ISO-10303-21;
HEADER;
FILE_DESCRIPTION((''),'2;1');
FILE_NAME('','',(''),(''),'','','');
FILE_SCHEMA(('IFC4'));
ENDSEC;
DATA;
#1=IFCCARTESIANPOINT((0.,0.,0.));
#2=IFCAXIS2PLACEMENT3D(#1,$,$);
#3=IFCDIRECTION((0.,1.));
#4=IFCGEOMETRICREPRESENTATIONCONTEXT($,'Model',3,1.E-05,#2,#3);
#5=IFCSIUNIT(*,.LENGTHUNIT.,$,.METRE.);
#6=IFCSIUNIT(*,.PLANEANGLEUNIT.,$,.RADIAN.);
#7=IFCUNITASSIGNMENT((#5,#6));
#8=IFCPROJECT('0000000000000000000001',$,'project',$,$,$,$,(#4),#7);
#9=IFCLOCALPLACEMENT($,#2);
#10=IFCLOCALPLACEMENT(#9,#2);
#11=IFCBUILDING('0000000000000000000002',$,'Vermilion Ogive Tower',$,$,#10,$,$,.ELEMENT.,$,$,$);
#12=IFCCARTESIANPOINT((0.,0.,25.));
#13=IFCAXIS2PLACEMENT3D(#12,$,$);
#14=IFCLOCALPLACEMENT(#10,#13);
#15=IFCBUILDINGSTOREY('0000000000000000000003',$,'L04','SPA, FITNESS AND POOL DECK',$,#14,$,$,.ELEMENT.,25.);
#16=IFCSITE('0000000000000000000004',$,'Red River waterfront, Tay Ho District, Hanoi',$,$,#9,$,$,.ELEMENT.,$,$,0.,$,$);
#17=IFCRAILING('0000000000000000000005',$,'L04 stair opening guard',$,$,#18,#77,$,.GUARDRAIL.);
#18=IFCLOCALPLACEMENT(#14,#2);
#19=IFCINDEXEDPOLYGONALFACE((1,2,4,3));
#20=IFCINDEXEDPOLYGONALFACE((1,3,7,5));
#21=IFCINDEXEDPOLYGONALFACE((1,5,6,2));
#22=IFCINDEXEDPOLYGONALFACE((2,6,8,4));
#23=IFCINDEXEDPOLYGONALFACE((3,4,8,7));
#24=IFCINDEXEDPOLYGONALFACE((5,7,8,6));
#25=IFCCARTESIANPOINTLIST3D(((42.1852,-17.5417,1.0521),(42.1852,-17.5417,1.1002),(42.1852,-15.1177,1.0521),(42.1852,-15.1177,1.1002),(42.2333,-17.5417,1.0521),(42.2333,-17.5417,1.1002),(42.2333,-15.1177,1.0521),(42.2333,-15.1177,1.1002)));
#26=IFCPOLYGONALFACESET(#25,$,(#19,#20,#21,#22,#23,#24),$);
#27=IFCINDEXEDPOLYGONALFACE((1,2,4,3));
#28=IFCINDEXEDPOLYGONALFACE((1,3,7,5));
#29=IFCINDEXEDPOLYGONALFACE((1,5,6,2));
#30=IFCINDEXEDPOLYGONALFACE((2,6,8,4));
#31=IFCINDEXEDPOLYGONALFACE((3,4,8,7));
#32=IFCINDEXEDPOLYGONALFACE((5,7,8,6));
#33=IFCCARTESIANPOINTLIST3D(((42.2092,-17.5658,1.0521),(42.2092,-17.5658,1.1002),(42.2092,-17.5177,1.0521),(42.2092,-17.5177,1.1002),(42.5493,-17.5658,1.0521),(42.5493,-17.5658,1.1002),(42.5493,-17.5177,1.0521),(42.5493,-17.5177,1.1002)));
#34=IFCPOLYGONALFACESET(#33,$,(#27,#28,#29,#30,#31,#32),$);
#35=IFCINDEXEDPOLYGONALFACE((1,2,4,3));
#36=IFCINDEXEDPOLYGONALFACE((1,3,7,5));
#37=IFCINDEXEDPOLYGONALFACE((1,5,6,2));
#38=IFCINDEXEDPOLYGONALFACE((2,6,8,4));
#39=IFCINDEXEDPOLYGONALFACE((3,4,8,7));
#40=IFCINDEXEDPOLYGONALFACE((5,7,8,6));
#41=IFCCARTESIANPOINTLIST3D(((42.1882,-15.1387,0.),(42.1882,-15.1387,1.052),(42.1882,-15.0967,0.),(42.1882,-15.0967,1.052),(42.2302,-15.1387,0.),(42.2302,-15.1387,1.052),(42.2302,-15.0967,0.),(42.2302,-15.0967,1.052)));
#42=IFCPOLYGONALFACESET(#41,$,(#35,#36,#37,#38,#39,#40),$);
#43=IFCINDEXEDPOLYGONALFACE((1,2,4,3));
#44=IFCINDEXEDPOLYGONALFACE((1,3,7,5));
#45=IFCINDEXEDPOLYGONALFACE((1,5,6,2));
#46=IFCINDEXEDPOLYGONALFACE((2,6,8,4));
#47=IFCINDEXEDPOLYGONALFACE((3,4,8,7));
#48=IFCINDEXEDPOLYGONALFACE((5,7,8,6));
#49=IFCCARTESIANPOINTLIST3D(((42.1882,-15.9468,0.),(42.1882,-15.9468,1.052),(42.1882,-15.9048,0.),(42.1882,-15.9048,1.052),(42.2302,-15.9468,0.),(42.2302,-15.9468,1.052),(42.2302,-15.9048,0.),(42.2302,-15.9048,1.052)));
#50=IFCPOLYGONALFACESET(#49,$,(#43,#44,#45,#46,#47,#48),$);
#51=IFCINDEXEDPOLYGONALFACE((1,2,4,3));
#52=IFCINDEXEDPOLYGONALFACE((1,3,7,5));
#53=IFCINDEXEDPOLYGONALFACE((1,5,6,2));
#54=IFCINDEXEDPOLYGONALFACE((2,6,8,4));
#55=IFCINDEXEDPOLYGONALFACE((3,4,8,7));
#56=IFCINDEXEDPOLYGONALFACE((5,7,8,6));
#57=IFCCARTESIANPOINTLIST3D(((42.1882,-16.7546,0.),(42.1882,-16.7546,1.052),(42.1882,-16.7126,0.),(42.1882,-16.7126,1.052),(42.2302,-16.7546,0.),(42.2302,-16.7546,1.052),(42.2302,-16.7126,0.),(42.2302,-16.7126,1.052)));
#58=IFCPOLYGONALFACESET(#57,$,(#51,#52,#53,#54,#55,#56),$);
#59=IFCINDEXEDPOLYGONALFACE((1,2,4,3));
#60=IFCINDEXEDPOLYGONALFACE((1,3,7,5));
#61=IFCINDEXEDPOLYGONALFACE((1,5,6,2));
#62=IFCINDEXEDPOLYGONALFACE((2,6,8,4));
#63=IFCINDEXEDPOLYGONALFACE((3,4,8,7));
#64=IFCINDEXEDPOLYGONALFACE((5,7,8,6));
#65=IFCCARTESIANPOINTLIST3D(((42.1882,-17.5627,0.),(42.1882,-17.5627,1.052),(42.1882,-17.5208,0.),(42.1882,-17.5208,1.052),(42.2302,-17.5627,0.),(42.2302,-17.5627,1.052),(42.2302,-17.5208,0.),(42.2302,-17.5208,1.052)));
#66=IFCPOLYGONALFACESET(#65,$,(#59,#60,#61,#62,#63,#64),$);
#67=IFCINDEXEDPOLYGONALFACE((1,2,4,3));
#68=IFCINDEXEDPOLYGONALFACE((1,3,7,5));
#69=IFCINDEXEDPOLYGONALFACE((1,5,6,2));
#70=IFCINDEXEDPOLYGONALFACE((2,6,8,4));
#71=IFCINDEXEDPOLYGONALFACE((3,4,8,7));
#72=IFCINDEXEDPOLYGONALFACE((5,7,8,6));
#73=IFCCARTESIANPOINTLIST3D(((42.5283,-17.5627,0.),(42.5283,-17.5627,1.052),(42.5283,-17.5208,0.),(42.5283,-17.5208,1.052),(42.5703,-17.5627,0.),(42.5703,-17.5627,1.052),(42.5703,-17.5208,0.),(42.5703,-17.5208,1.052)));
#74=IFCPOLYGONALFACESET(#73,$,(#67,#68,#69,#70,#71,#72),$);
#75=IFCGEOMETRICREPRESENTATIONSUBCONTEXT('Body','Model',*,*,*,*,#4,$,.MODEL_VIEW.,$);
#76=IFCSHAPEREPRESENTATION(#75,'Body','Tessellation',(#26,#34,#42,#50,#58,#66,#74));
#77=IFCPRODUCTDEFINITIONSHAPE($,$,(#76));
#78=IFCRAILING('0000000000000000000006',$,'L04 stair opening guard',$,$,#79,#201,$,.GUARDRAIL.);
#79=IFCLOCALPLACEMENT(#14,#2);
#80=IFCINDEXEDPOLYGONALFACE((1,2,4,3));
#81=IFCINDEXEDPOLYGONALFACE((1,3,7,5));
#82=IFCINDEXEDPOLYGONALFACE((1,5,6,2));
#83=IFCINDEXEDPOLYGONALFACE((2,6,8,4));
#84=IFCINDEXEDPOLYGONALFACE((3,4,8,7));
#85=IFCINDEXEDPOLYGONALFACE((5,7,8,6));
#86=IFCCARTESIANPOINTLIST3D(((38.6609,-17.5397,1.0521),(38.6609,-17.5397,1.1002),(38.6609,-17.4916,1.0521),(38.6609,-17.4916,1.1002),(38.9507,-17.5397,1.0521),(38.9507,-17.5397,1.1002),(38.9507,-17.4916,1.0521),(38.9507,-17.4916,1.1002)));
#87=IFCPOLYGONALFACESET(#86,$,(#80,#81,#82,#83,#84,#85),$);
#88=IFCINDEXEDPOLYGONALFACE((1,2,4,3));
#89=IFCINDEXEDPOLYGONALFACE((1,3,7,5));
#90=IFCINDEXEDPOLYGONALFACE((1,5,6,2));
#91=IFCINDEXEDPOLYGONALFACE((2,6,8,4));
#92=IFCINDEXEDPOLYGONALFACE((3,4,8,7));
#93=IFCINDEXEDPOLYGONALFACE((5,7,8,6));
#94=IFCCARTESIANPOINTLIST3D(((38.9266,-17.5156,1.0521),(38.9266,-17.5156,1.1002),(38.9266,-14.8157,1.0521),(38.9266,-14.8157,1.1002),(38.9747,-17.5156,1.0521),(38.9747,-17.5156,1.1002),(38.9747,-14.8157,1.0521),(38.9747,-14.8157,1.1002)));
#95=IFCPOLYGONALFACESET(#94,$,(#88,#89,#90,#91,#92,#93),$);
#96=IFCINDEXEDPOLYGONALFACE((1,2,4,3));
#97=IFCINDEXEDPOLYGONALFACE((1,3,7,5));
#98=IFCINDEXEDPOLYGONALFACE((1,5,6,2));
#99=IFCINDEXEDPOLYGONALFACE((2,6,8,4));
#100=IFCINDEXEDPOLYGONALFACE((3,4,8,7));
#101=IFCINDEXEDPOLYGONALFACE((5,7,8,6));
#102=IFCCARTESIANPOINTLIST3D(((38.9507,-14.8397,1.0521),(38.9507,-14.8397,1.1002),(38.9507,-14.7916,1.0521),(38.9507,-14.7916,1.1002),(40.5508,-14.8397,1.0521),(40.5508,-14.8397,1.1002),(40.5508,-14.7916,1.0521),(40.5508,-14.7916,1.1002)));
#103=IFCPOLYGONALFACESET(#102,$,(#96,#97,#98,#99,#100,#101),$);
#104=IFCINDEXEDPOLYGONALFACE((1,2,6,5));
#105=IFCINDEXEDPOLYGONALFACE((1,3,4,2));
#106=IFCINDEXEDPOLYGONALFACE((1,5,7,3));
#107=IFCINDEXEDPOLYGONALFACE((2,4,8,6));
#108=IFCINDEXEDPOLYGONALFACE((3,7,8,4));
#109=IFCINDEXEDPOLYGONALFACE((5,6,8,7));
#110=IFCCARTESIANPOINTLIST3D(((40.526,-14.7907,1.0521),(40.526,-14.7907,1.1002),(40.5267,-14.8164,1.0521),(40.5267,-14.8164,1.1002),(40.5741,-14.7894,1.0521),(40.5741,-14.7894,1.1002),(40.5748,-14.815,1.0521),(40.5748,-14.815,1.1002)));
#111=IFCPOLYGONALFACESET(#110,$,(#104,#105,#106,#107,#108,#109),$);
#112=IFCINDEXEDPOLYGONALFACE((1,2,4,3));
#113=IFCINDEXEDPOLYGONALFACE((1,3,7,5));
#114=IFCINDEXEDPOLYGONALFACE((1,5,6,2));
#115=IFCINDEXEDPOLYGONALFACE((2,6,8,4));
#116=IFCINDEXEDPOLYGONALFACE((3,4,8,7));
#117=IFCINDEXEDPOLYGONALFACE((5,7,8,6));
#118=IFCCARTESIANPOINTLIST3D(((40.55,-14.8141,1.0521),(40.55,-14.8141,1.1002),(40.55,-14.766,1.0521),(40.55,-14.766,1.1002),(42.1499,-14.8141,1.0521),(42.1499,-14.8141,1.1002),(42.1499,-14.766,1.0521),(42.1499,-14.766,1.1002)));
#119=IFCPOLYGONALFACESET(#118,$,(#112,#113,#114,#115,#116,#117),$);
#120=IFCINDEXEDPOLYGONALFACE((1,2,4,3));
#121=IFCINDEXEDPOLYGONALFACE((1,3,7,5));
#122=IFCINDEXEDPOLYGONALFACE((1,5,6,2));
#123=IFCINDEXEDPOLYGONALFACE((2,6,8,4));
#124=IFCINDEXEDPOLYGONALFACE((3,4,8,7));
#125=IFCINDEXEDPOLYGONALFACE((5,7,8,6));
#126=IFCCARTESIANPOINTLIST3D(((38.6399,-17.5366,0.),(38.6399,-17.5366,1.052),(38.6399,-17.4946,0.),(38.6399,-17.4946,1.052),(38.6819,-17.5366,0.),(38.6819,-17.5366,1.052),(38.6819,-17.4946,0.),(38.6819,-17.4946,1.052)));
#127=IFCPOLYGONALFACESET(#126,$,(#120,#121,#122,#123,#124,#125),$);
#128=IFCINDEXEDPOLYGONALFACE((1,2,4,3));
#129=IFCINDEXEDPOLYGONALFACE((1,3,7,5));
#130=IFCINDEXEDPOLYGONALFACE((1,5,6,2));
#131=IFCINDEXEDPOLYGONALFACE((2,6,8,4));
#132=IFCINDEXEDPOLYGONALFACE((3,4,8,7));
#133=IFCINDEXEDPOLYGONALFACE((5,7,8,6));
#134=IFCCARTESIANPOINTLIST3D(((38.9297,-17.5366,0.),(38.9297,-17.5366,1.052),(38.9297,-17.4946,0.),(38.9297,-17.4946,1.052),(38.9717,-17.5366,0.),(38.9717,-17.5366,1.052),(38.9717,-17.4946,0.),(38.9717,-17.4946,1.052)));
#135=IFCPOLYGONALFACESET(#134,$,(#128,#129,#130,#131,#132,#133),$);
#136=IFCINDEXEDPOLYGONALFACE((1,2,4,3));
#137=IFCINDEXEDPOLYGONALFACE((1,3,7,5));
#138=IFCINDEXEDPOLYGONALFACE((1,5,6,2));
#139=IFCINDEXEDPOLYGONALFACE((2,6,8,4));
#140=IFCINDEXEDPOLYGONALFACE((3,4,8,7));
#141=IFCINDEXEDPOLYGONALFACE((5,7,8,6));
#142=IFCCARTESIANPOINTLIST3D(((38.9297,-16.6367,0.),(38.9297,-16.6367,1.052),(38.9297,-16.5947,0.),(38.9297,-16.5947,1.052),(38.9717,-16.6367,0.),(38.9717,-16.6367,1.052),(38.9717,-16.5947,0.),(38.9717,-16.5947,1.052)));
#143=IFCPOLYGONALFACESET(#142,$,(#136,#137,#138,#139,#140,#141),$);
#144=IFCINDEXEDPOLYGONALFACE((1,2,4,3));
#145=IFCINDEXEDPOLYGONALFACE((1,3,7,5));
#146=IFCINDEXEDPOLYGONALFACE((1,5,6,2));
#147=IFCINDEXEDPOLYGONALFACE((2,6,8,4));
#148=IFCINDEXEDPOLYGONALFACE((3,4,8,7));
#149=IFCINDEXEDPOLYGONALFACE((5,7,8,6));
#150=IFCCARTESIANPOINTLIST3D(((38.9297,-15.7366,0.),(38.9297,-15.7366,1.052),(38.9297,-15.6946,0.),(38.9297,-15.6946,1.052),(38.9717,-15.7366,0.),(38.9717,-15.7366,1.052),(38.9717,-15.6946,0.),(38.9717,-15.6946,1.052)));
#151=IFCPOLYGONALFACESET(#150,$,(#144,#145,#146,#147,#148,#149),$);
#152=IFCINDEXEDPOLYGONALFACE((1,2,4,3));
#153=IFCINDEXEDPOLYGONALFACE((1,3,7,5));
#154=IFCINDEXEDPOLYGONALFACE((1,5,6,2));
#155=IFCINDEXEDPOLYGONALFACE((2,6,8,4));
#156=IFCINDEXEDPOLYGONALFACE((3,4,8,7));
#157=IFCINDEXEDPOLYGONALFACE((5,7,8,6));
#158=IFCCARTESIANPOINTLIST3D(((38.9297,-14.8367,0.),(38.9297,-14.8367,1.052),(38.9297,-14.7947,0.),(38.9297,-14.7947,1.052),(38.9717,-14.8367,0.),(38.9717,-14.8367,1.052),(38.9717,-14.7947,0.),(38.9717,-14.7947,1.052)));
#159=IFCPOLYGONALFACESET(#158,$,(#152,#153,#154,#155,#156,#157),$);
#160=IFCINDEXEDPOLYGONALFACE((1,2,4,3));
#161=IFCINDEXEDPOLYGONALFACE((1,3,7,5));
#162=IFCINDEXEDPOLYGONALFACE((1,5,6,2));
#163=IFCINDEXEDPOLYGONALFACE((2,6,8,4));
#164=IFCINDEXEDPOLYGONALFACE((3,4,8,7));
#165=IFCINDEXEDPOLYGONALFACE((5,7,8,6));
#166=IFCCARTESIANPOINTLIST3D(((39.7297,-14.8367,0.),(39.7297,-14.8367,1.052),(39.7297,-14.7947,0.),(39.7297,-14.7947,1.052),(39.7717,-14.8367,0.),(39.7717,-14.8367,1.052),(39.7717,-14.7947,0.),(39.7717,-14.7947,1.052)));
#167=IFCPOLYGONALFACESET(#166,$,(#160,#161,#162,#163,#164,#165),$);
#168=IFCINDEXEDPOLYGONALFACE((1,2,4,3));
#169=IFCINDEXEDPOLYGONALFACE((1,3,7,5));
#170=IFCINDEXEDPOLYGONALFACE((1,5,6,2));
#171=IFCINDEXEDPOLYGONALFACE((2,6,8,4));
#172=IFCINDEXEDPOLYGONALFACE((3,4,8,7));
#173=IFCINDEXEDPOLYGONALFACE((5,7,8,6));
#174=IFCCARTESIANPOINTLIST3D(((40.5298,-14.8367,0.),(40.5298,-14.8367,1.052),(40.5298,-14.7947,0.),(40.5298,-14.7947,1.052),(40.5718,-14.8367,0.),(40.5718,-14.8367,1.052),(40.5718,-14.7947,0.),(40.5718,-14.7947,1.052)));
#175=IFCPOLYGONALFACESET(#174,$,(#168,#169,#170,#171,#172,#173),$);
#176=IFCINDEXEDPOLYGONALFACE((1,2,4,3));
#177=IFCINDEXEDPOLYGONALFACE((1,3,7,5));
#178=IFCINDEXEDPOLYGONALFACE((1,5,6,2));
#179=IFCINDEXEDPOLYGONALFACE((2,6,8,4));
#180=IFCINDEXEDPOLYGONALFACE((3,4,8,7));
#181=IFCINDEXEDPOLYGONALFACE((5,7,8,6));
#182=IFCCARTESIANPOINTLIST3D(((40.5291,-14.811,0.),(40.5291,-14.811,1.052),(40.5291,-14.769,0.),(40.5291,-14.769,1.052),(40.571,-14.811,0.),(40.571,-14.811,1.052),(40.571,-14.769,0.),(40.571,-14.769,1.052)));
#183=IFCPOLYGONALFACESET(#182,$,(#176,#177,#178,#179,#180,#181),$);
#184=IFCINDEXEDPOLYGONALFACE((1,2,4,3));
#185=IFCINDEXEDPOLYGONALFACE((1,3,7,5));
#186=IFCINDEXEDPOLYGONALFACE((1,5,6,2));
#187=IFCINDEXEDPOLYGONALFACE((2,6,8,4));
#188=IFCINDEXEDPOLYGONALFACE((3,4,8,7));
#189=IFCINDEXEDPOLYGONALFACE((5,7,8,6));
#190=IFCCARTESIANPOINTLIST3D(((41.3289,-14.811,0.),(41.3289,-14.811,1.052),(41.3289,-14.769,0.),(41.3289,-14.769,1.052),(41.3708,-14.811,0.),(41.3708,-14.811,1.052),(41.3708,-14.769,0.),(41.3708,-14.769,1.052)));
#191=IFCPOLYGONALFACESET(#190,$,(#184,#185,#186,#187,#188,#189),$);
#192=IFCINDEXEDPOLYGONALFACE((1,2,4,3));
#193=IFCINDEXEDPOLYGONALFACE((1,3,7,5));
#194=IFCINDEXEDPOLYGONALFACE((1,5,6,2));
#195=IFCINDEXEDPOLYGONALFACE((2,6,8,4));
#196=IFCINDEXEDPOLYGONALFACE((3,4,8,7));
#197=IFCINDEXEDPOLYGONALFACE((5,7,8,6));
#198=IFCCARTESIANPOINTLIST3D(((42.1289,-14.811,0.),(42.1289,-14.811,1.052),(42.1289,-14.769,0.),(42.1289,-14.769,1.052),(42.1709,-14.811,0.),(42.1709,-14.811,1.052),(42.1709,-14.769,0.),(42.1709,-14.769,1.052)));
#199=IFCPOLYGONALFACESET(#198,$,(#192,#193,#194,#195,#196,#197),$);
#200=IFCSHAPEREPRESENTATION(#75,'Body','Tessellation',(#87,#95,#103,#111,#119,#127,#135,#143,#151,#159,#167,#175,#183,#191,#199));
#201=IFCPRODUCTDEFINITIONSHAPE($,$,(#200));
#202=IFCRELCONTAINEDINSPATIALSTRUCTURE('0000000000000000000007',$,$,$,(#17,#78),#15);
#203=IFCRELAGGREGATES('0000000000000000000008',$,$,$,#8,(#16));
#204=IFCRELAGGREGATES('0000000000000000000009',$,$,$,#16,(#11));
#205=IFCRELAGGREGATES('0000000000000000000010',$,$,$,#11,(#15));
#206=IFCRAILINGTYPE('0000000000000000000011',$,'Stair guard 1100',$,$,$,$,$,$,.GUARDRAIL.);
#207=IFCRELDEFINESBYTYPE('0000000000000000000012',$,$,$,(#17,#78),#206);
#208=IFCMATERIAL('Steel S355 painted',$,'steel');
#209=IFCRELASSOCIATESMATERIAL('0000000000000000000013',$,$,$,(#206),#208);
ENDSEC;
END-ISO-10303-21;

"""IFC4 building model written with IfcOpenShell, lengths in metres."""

from ifc_helpers import new_model, si_unit, direction, frame, origin, origin_2d, place, context, subcontext, project, spatial, rectangle, extrude, material, type_object, element, save


model = new_model("IFC4")

# Units and contexts
model_context = context("Model", 3, precision=1e-05, world=origin(), true_north=direction((0.0, 1.0)))
body_context = subcontext(model_context, "Body", "Model", "MODEL_VIEW")
ifc_project = project(units=[si_unit("LENGTHUNIT", "METRE"), si_unit("PLANEANGLEUNIT", "RADIAN")], contexts=[model_context])

# Site, building, storey
site_placement = place(None, origin())
site = spatial("IfcSite", under=ifc_project, at=site_placement, Name="Red River waterfront, Tay Ho District, Hanoi", CompositionType="ELEMENT", RefElevation=0.0)
building_placement = place(site_placement, origin())
building = spatial("IfcBuilding", under=site, at=building_placement, Name="Vermilion Ogive Tower", CompositionType="ELEMENT")
storey_placement = place(building_placement, frame((0.0, 0.0, 25.0)))
storey = spatial("IfcBuildingStorey", under=building, at=storey_placement, Name="L04", Description="SPA, FITNESS AND POOL DECK", CompositionType="ELEMENT", Elevation=25.0)

# Railings
ifc_material_1 = material(Name="Steel S355 painted", Category="steel")
railing_type_1 = type_object("IfcRailingType", Name="Stair guard 1100", PredefinedType="GUARDRAIL", material=ifc_material_1)
railing_1_placement = place(storey_placement, frame((42.2092, -15.1177, 0.0)))
element("IfcRailing", 1, at=railing_1_placement, inside=storey, type_object=railing_type_1, Name="L04 stair opening guard", PredefinedType="GUARDRAIL", context=body_context, shape_type="SweptSolid", body=[
    extrude(rectangle(XDim=0.0481, YDim=0.0481, at=origin_2d()), frame((0.0, 0.0, 1.0762), z_axis=(0.0, -1.0, 0.0), x_axis=(1.0, 0.0, 0.0)), (0.0, 0.0, 1.0), 2.4241),
    extrude(rectangle(XDim=0.0481, YDim=0.0481, at=origin_2d()), frame((0.0, -2.4241, 1.0762), z_axis=(1.0, 0.0, 0.0), x_axis=(0.0, 1.0, 0.0)), (0.0, 0.0, 1.0), 0.3401),
    extrude(rectangle(XDim=0.042, YDim=0.042, at=origin_2d()), origin(), (0.0, 0.0, 1.0), 1.052),
    extrude(rectangle(XDim=0.042, YDim=0.042, at=origin_2d()), frame((0.0, -0.8081, 0.0)), (0.0, 0.0, 1.0), 1.052),
    extrude(rectangle(XDim=0.042, YDim=0.042, at=origin_2d()), frame((0.0, -1.616, 0.0)), (0.0, 0.0, 1.0), 1.052),
    extrude(rectangle(XDim=0.042, YDim=0.042, at=origin_2d()), frame((0.0, -2.4241, 0.0)), (0.0, 0.0, 1.0), 1.052),
    extrude(rectangle(XDim=0.042, YDim=0.042, at=origin_2d()), frame((0.3401, -2.4241, 0.0)), (0.0, 0.0, 1.0), 1.052),
])
railing_2_placement = place(storey_placement, frame((38.6609, -17.5156, 0.0)))
element("IfcRailing", 2, at=railing_2_placement, inside=storey, type_object=railing_type_1, Name="L04 stair opening guard", PredefinedType="GUARDRAIL", context=body_context, shape_type="SweptSolid", body=[
    extrude(rectangle(XDim=0.0481, YDim=0.0481, at=origin_2d()), frame((0.0, 0.0, 1.0762), z_axis=(1.0, 0.0, 0.0), x_axis=(0.0, 1.0, 0.0)), (0.0, 0.0, 1.0), 0.2898),
    extrude(rectangle(XDim=0.0481, YDim=0.0481, at=origin_2d()), frame((0.2898, 0.0, 1.0762), z_axis=(0.0, 1.0, 0.0), x_axis=(-1.0, 0.0, 0.0)), (0.0, 0.0, 1.0), 2.7),
    extrude(rectangle(XDim=0.0481, YDim=0.0481, at=origin_2d()), frame((0.2898, 2.7, 1.0762), z_axis=(1.0, 0.0, 0.0), x_axis=(0.0, 1.0, 0.0)), (0.0, 0.0, 1.0), 1.6001),
    extrude(rectangle(XDim=0.0481, YDim=0.0481, at=origin_2d()), frame((1.8899, 2.7, 1.0762), z_axis=(-0.02856, 0.999592, 0.0), x_axis=(-0.999592, -0.02856, 0.0)), (0.0, 0.0, 1.0), 0.0256),
    extrude(rectangle(XDim=0.0481, YDim=0.0481, at=origin_2d()), frame((1.8892, 2.7256, 1.0762), z_axis=(1.0, 0.0, 0.0), x_axis=(0.0, 1.0, 0.0)), (0.0, 0.0, 1.0), 1.5999),
    extrude(rectangle(XDim=0.042, YDim=0.042, at=origin_2d()), origin(), (0.0, 0.0, 1.0), 1.052),
    extrude(rectangle(XDim=0.042, YDim=0.042, at=origin_2d()), frame((0.2898, 0.0, 0.0)), (0.0, 0.0, 1.0), 1.052),
    extrude(rectangle(XDim=0.042, YDim=0.042, at=origin_2d()), frame((0.2898, 0.8999, 0.0)), (0.0, 0.0, 1.0), 1.052),
    extrude(rectangle(XDim=0.042, YDim=0.042, at=origin_2d()), frame((0.2898, 1.8, 0.0)), (0.0, 0.0, 1.0), 1.052),
    extrude(rectangle(XDim=0.042, YDim=0.042, at=origin_2d()), frame((0.2898, 2.7, 0.0)), (0.0, 0.0, 1.0), 1.052),
    extrude(rectangle(XDim=0.042, YDim=0.042, at=origin_2d()), frame((1.0898, 2.7, 0.0)), (0.0, 0.0, 1.0), 1.052),
    extrude(rectangle(XDim=0.042, YDim=0.042, at=origin_2d()), frame((1.8899, 2.7, 0.0)), (0.0, 0.0, 1.0), 1.052),
    extrude(rectangle(XDim=0.042, YDim=0.042, at=origin_2d()), frame((1.8892, 2.7256, 0.0)), (0.0, 0.0, 1.0), 1.052),
    extrude(rectangle(XDim=0.042, YDim=0.042, at=origin_2d()), frame((2.689, 2.7256, 0.0)), (0.0, 0.0, 1.0), 1.052),
    extrude(rectangle(XDim=0.042, YDim=0.042, at=origin_2d()), frame((3.489, 2.7256, 0.0)), (0.0, 0.0, 1.0), 1.052),
])

save(model, "model.ifc")
